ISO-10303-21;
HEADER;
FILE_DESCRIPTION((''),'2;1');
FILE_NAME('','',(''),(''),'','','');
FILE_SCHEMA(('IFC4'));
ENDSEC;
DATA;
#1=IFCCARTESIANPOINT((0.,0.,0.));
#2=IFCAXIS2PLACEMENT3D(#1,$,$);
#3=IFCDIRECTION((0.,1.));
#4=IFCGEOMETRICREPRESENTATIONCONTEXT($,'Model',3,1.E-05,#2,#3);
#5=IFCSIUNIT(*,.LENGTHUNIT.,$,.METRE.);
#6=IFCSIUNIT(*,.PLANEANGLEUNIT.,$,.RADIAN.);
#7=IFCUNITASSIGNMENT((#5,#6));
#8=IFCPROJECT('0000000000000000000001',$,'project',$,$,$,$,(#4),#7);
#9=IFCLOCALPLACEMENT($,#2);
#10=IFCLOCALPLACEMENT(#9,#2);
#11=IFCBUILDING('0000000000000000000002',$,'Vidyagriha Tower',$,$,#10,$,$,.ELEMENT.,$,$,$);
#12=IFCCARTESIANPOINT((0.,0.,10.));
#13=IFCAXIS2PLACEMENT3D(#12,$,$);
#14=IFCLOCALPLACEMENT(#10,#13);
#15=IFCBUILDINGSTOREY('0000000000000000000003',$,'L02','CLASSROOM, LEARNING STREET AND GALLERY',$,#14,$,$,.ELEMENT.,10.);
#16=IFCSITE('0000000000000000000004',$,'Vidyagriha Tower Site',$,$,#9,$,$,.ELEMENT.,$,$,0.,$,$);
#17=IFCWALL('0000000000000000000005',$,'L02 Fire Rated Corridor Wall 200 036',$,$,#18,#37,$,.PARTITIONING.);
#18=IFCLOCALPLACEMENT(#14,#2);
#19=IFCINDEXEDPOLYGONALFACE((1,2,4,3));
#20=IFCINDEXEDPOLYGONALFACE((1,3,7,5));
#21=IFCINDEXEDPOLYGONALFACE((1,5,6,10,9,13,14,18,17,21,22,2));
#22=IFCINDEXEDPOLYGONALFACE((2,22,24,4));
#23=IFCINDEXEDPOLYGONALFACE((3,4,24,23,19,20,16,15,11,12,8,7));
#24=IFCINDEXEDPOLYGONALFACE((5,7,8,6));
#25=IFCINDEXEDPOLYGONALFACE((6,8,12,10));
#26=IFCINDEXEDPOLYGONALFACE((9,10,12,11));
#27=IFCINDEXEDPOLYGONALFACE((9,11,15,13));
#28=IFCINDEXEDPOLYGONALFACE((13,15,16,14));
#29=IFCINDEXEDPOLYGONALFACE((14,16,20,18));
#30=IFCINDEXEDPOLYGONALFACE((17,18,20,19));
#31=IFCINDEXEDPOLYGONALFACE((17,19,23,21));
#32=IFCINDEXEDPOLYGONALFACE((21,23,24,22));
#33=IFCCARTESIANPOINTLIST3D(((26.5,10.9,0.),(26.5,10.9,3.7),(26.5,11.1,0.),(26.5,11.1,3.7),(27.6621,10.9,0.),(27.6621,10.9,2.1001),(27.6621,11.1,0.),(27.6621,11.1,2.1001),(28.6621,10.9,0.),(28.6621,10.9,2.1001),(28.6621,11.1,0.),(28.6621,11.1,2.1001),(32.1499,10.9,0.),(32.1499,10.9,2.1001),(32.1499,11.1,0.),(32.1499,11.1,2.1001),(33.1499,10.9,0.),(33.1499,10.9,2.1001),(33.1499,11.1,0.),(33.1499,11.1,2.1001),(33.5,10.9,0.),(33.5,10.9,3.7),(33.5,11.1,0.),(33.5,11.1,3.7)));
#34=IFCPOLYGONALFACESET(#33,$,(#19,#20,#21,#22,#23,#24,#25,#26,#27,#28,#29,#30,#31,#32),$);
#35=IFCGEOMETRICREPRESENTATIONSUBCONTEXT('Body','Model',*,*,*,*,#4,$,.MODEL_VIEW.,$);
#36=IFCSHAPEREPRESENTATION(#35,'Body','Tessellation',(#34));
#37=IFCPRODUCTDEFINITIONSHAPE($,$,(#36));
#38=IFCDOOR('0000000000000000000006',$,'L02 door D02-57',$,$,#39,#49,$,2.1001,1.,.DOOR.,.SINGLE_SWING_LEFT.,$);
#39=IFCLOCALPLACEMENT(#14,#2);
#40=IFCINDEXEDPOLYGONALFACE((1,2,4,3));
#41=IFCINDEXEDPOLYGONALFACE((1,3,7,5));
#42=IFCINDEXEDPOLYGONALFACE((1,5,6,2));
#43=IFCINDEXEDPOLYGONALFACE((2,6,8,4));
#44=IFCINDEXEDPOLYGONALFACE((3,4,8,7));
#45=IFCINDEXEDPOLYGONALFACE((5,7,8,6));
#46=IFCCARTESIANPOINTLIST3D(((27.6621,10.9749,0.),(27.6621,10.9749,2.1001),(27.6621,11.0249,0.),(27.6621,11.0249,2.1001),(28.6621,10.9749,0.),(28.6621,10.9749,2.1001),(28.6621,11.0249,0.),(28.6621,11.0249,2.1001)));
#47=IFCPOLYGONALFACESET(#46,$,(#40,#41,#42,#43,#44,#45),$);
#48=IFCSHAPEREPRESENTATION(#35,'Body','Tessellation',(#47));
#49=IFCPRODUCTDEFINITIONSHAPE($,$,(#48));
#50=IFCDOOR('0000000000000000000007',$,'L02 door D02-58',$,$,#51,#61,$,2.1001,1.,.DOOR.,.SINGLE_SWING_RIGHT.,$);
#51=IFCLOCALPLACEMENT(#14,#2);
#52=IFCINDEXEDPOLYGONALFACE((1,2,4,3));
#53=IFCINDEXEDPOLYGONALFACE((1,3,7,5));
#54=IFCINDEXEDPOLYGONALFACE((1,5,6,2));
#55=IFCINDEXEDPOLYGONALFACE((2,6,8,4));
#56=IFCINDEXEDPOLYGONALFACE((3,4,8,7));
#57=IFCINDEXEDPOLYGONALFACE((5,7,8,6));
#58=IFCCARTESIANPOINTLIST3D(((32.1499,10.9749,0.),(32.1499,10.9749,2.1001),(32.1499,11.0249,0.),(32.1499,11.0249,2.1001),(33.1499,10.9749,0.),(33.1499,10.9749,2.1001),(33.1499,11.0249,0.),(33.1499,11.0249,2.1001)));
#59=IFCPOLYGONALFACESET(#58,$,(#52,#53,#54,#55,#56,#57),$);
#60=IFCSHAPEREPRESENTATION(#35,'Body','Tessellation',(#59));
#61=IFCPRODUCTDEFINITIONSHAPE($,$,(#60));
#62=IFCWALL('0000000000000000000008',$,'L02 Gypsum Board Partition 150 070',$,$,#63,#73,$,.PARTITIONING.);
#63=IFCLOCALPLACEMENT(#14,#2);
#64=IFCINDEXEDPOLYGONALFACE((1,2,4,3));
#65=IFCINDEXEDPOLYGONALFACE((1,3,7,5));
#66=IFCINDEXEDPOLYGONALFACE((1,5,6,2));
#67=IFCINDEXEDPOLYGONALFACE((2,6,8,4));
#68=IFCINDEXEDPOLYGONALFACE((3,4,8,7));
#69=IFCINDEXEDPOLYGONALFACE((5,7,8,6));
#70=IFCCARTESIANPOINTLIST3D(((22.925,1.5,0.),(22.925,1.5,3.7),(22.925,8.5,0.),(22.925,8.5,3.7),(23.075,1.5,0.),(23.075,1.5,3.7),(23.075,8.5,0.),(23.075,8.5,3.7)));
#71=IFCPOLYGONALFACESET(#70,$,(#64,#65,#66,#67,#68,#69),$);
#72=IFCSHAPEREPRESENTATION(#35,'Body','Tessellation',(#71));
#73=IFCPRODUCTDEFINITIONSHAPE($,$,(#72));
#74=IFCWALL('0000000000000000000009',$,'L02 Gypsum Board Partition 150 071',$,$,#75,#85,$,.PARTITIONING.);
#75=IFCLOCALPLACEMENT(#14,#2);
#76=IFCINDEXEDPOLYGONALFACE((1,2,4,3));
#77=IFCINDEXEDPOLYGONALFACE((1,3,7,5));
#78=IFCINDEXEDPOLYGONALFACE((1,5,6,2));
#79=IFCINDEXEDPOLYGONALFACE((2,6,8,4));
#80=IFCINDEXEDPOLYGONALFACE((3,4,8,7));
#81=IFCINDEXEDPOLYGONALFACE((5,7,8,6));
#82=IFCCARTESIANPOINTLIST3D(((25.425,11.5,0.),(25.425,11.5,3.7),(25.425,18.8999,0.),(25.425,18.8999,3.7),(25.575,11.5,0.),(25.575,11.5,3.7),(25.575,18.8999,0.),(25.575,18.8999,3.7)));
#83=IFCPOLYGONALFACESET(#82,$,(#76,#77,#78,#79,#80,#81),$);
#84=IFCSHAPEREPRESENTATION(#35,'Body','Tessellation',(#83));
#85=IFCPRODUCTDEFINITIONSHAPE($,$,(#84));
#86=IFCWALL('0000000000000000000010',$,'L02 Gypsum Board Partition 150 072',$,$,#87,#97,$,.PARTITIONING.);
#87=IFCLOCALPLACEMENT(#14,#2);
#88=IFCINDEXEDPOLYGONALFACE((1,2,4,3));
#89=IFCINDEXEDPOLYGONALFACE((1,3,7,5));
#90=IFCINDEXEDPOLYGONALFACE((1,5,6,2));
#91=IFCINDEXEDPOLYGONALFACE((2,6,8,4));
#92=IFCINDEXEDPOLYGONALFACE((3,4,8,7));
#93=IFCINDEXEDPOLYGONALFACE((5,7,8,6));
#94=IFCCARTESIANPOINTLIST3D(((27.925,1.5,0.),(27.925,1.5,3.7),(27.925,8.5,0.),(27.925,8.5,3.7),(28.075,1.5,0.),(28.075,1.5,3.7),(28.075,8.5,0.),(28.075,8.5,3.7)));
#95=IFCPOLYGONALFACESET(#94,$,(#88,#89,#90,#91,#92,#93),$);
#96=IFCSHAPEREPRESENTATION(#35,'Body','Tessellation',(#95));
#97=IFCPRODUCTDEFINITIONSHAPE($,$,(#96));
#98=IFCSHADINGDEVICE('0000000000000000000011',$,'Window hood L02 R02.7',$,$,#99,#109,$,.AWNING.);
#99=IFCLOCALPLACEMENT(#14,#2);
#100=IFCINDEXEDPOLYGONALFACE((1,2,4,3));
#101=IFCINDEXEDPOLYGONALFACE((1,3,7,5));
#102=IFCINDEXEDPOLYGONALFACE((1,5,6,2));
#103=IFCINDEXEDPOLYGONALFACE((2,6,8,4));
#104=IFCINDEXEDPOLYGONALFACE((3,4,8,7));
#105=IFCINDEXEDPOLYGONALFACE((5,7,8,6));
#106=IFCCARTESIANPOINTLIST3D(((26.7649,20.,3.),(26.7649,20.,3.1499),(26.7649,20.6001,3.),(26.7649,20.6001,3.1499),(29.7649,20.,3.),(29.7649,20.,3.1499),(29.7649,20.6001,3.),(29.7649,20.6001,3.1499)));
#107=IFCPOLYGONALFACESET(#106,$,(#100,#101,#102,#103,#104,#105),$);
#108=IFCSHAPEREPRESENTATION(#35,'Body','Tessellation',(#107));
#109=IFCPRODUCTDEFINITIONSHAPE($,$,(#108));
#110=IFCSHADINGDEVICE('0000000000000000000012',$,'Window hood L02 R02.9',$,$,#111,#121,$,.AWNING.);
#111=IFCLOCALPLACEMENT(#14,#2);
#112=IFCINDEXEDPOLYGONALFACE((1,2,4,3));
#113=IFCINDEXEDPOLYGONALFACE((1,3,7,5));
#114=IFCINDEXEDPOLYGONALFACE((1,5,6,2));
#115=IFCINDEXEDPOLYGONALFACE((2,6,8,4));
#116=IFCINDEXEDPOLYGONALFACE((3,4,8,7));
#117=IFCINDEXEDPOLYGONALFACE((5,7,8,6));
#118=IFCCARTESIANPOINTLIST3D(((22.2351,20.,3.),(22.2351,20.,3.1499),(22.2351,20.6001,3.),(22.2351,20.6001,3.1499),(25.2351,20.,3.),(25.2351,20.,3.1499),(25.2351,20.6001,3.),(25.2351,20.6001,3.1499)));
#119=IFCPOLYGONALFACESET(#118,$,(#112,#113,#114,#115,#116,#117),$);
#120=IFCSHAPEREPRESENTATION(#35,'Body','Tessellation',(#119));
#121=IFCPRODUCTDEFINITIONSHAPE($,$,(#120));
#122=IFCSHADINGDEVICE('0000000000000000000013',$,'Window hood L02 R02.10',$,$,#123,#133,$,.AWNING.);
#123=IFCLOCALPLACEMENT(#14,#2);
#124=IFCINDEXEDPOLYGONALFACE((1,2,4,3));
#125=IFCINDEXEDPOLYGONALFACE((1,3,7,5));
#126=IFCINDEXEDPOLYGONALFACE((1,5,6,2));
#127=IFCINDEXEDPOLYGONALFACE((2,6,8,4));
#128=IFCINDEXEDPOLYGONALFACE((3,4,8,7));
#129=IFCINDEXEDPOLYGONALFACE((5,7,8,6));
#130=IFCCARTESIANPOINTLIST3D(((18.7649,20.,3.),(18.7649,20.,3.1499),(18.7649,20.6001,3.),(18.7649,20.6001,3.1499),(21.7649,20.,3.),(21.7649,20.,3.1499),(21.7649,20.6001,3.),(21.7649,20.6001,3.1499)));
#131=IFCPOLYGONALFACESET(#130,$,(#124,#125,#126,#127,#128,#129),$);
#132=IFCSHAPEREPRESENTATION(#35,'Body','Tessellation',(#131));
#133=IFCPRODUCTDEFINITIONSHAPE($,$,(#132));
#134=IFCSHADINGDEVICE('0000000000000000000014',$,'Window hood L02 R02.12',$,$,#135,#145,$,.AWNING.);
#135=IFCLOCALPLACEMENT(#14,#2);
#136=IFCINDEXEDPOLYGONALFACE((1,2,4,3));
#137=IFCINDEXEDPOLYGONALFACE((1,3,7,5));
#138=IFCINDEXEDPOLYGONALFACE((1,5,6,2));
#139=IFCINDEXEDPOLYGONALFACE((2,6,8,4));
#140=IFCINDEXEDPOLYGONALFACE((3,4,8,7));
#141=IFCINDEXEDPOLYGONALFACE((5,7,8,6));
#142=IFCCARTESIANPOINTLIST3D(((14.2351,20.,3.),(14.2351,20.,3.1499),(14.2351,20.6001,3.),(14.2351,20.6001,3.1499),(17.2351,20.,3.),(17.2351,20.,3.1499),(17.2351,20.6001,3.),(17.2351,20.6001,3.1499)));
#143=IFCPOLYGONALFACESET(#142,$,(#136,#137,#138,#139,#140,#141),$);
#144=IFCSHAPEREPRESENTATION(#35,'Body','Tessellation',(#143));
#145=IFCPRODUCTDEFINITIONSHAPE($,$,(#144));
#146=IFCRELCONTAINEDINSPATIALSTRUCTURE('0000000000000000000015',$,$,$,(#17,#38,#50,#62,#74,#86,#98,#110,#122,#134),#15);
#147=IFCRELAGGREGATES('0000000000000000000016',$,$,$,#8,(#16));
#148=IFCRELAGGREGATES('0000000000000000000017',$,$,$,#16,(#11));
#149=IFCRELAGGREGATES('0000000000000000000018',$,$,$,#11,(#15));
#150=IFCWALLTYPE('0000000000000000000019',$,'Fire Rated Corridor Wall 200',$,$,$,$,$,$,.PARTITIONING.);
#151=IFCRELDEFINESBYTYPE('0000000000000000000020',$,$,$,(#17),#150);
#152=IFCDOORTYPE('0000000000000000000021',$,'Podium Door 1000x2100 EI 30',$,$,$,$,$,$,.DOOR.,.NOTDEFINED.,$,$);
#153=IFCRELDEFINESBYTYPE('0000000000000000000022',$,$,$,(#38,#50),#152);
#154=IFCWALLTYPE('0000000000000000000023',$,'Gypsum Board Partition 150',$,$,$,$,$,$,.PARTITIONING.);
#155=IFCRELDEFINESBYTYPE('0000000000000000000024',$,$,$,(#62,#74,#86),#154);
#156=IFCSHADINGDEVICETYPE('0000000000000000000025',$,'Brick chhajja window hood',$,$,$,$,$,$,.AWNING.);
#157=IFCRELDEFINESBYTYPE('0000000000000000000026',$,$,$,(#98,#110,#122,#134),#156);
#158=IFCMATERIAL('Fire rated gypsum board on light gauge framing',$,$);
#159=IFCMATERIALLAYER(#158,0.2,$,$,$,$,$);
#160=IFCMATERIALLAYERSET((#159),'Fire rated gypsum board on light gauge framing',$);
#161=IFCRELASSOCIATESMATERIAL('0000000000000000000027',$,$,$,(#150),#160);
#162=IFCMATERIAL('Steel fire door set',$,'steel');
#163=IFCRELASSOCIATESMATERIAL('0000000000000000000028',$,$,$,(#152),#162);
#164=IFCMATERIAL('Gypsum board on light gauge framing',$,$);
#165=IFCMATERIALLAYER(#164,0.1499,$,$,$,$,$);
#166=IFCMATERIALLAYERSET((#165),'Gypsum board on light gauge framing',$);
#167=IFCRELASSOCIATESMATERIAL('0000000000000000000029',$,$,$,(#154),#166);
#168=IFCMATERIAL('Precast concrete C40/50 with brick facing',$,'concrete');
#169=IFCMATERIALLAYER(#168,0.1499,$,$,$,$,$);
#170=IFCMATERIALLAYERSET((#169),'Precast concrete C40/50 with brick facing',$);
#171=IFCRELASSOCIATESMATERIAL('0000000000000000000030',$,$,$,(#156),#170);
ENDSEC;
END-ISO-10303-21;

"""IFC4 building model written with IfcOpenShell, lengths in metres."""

from ifc_helpers import new_model, si_unit, direction, frame, frame_2d, origin, origin_2d, place, context, subcontext, project, spatial, rectangle, extrude, material, layer, layer_set, type_object, element, fill, save


model = new_model("IFC4")

# Units and contexts
model_context = context("Model", 3, precision=1e-05, world=origin(), true_north=direction((0.0, 1.0)))
body_context = subcontext(model_context, "Body", "Model", "MODEL_VIEW")
ifc_project = project(units=[si_unit("LENGTHUNIT", "METRE"), si_unit("PLANEANGLEUNIT", "RADIAN")], contexts=[model_context])

# Site, building, storey
site_placement = place(None, origin())
site = spatial("IfcSite", under=ifc_project, at=site_placement, Name="Vidyagriha Tower Site", CompositionType="ELEMENT", RefElevation=0.0)
building_placement = place(site_placement, origin())
building = spatial("IfcBuilding", under=site, at=building_placement, Name="Vidyagriha Tower", CompositionType="ELEMENT")
storey_placement = place(building_placement, frame((0.0, 0.0, 10.0)))
storey = spatial("IfcBuildingStorey", under=building, at=storey_placement, Name="L02", Description="CLASSROOM, LEARNING STREET AND GALLERY", CompositionType="ELEMENT", Elevation=10.0)

# Shared definitions
ifc_material_1 = material(Name="Fire rated gypsum board on light gauge framing")
ifc_layer_1 = layer(ifc_material_1, 0.2)
ifc_layer_set_1 = layer_set([ifc_layer_1], Name="Fire rated gypsum board on light gauge framing")
wall_type_1 = type_object("IfcWallType", Name="Fire Rated Corridor Wall 200", PredefinedType="PARTITIONING", material=ifc_layer_set_1)

# Wall, openings, doors
ifc_material_2 = material(Name="Steel fire door set", Category="steel")
door_type = type_object("IfcDoorType", Name="Podium Door 1000x2100 EI 30", OperationType="NOTDEFINED", PredefinedType="DOOR", material=ifc_material_2)
wall_1_placement = place(storey_placement, frame((26.5, 11.0, 0.0)))
wall_1 = element("IfcWall", 1, at=wall_1_placement, inside=storey, type_object=wall_type_1, Name="L02 Fire Rated Corridor Wall 200 036", PredefinedType="PARTITIONING", context=body_context, shape_type="SweptSolid", body=[
    extrude(rectangle(XDim=7.0, YDim=0.2, at=frame_2d((3.5, 0.0))), origin(), (0.0, 0.0, 1.0), 3.7),
])
opening_1_placement = place(wall_1_placement, frame((1.1621, 0.0, 0.0)))
opening_1 = element("IfcOpeningElement", 2, at=opening_1_placement, cuts=wall_1, PredefinedType="OPENING", context=body_context, shape_type="SweptSolid", body=[
    extrude(rectangle(XDim=1.0, YDim=2.1001, at=frame_2d((0.5, 1.05))), frame((0.0, 0.1099, 0.0), z_axis=(0.0, -1.0, 0.0), x_axis=(1.0, 0.0, 0.0)), (0.0, 0.0, 1.0), 0.22),
])
opening_2_placement = place(wall_1_placement, frame((5.6499, 0.0, 0.0)))
opening_2 = element("IfcOpeningElement", 3, at=opening_2_placement, cuts=wall_1, PredefinedType="OPENING", context=body_context, shape_type="SweptSolid", body=[
    extrude(rectangle(XDim=1.0, YDim=2.1001, at=frame_2d((0.5, 1.05))), frame((0.0, 0.1099, 0.0), z_axis=(0.0, -1.0, 0.0), x_axis=(1.0, 0.0, 0.0)), (0.0, 0.0, 1.0), 0.22),
])
door_1_placement = place(opening_1_placement, origin())
door_1 = element("IfcDoor", 4, at=door_1_placement, inside=storey, type_object=door_type, Name="L02 door D02-57", OperationType="SINGLE_SWING_LEFT", OverallHeight=2.1001, OverallWidth=1.0, PredefinedType="DOOR", context=body_context, shape_type="SweptSolid", body=[
    extrude(rectangle(XDim=1.0, YDim=2.1001, at=frame_2d((0.5, 1.05))), frame((0.0, 0.0249, 0.0), z_axis=(0.0, -1.0, 0.0), x_axis=(1.0, 0.0, 0.0)), (0.0, 0.0, 1.0), 0.05),
])
fill(opening_1, door_1)
door_2_placement = place(opening_2_placement, origin())
door_2 = element("IfcDoor", 5, at=door_2_placement, inside=storey, type_object=door_type, Name="L02 door D02-58", OperationType="SINGLE_SWING_RIGHT", OverallHeight=2.1001, OverallWidth=1.0, PredefinedType="DOOR", context=body_context, shape_type="SweptSolid", body=[
    extrude(rectangle(XDim=1.0, YDim=2.1001, at=frame_2d((0.5, 1.05))), frame((0.0, 0.0249, 0.0), z_axis=(0.0, -1.0, 0.0), x_axis=(1.0, 0.0, 0.0)), (0.0, 0.0, 1.0), 0.05),
])
fill(opening_2, door_2)

# Walls
ifc_material_3 = material(Name="Gypsum board on light gauge framing")
ifc_layer_2 = layer(ifc_material_3, 0.1499)
ifc_layer_set_2 = layer_set([ifc_layer_2], Name="Gypsum board on light gauge framing")
wall_type_2 = type_object("IfcWallType", Name="Gypsum Board Partition 150", PredefinedType="PARTITIONING", material=ifc_layer_set_2)
wall_2_placement = place(storey_placement, frame((23.0, 1.5, 0.0), z_axis=(0.0, 0.0, 1.0), x_axis=(0.0, 1.0, 0.0)))
element("IfcWall", 6, at=wall_2_placement, inside=storey, type_object=wall_type_2, Name="L02 Gypsum Board Partition 150 070", PredefinedType="PARTITIONING", context=body_context, shape_type="SweptSolid", body=[
    extrude(rectangle(XDim=7.0, YDim=0.1499, at=frame_2d((3.5, 0.0))), origin(), (0.0, 0.0, 1.0), 3.7),
])
wall_3_placement = place(storey_placement, frame((25.5, 11.5, 0.0), z_axis=(0.0, 0.0, 1.0), x_axis=(0.0, 1.0, 0.0)))
element("IfcWall", 7, at=wall_3_placement, inside=storey, type_object=wall_type_2, Name="L02 Gypsum Board Partition 150 071", PredefinedType="PARTITIONING", context=body_context, shape_type="SweptSolid", body=[
    extrude(rectangle(XDim=7.3999, YDim=0.1499, at=frame_2d((3.7, 0.0))), origin(), (0.0, 0.0, 1.0), 3.7),
])
wall_4_placement = place(storey_placement, frame((28.0, 1.5, 0.0), z_axis=(0.0, 0.0, 1.0), x_axis=(0.0, 1.0, 0.0)))
element("IfcWall", 8, at=wall_4_placement, inside=storey, type_object=wall_type_2, Name="L02 Gypsum Board Partition 150 072", PredefinedType="PARTITIONING", context=body_context, shape_type="SweptSolid", body=[
    extrude(rectangle(XDim=7.0, YDim=0.1499, at=frame_2d((3.5, 0.0))), origin(), (0.0, 0.0, 1.0), 3.7),
])

# Shading devices
ifc_material_4 = material(Name="Precast concrete C40/50 with brick facing", Category="concrete")
ifc_layer_3 = layer(ifc_material_4, 0.1499)
ifc_layer_set_3 = layer_set([ifc_layer_3], Name="Precast concrete C40/50 with brick facing")
shading_device_type = type_object("IfcShadingDeviceType", Name="Brick chhajja window hood", PredefinedType="AWNING", material=ifc_layer_set_3)
for number, where, z_axis, x_axis, name in (
    (9, (28.2649, 20.3, 3.0), (0.0, 0.0, 1.0), (-1.0, 0.0, 0.0), "Window hood L02 R02.7"),
    (10, (23.7351, 20.3, 3.0), (0.0, 0.0, 1.0), (-1.0, 0.0, 0.0), "Window hood L02 R02.9"),
    (11, (20.2649, 20.3, 3.0), (0.0, 0.0, 1.0), (-1.0, 0.0, 0.0), "Window hood L02 R02.10"),
    (12, (15.7351, 20.3, 3.0), (0.0, 0.0, 1.0), (-1.0, 0.0, 0.0), "Window hood L02 R02.12"),
):
    element("IfcShadingDevice", number, at=place(storey_placement, frame(where, z_axis=z_axis, x_axis=x_axis)), inside=storey, type_object=shading_device_type, Name=name, PredefinedType="AWNING", context=body_context, shape_type="SweptSolid", body=[
        extrude(rectangle(XDim=3.0, YDim=0.6001, at=origin_2d()), origin(), (0.0, 0.0, 1.0), 0.1499),
    ])

save(model, "model.ifc")
